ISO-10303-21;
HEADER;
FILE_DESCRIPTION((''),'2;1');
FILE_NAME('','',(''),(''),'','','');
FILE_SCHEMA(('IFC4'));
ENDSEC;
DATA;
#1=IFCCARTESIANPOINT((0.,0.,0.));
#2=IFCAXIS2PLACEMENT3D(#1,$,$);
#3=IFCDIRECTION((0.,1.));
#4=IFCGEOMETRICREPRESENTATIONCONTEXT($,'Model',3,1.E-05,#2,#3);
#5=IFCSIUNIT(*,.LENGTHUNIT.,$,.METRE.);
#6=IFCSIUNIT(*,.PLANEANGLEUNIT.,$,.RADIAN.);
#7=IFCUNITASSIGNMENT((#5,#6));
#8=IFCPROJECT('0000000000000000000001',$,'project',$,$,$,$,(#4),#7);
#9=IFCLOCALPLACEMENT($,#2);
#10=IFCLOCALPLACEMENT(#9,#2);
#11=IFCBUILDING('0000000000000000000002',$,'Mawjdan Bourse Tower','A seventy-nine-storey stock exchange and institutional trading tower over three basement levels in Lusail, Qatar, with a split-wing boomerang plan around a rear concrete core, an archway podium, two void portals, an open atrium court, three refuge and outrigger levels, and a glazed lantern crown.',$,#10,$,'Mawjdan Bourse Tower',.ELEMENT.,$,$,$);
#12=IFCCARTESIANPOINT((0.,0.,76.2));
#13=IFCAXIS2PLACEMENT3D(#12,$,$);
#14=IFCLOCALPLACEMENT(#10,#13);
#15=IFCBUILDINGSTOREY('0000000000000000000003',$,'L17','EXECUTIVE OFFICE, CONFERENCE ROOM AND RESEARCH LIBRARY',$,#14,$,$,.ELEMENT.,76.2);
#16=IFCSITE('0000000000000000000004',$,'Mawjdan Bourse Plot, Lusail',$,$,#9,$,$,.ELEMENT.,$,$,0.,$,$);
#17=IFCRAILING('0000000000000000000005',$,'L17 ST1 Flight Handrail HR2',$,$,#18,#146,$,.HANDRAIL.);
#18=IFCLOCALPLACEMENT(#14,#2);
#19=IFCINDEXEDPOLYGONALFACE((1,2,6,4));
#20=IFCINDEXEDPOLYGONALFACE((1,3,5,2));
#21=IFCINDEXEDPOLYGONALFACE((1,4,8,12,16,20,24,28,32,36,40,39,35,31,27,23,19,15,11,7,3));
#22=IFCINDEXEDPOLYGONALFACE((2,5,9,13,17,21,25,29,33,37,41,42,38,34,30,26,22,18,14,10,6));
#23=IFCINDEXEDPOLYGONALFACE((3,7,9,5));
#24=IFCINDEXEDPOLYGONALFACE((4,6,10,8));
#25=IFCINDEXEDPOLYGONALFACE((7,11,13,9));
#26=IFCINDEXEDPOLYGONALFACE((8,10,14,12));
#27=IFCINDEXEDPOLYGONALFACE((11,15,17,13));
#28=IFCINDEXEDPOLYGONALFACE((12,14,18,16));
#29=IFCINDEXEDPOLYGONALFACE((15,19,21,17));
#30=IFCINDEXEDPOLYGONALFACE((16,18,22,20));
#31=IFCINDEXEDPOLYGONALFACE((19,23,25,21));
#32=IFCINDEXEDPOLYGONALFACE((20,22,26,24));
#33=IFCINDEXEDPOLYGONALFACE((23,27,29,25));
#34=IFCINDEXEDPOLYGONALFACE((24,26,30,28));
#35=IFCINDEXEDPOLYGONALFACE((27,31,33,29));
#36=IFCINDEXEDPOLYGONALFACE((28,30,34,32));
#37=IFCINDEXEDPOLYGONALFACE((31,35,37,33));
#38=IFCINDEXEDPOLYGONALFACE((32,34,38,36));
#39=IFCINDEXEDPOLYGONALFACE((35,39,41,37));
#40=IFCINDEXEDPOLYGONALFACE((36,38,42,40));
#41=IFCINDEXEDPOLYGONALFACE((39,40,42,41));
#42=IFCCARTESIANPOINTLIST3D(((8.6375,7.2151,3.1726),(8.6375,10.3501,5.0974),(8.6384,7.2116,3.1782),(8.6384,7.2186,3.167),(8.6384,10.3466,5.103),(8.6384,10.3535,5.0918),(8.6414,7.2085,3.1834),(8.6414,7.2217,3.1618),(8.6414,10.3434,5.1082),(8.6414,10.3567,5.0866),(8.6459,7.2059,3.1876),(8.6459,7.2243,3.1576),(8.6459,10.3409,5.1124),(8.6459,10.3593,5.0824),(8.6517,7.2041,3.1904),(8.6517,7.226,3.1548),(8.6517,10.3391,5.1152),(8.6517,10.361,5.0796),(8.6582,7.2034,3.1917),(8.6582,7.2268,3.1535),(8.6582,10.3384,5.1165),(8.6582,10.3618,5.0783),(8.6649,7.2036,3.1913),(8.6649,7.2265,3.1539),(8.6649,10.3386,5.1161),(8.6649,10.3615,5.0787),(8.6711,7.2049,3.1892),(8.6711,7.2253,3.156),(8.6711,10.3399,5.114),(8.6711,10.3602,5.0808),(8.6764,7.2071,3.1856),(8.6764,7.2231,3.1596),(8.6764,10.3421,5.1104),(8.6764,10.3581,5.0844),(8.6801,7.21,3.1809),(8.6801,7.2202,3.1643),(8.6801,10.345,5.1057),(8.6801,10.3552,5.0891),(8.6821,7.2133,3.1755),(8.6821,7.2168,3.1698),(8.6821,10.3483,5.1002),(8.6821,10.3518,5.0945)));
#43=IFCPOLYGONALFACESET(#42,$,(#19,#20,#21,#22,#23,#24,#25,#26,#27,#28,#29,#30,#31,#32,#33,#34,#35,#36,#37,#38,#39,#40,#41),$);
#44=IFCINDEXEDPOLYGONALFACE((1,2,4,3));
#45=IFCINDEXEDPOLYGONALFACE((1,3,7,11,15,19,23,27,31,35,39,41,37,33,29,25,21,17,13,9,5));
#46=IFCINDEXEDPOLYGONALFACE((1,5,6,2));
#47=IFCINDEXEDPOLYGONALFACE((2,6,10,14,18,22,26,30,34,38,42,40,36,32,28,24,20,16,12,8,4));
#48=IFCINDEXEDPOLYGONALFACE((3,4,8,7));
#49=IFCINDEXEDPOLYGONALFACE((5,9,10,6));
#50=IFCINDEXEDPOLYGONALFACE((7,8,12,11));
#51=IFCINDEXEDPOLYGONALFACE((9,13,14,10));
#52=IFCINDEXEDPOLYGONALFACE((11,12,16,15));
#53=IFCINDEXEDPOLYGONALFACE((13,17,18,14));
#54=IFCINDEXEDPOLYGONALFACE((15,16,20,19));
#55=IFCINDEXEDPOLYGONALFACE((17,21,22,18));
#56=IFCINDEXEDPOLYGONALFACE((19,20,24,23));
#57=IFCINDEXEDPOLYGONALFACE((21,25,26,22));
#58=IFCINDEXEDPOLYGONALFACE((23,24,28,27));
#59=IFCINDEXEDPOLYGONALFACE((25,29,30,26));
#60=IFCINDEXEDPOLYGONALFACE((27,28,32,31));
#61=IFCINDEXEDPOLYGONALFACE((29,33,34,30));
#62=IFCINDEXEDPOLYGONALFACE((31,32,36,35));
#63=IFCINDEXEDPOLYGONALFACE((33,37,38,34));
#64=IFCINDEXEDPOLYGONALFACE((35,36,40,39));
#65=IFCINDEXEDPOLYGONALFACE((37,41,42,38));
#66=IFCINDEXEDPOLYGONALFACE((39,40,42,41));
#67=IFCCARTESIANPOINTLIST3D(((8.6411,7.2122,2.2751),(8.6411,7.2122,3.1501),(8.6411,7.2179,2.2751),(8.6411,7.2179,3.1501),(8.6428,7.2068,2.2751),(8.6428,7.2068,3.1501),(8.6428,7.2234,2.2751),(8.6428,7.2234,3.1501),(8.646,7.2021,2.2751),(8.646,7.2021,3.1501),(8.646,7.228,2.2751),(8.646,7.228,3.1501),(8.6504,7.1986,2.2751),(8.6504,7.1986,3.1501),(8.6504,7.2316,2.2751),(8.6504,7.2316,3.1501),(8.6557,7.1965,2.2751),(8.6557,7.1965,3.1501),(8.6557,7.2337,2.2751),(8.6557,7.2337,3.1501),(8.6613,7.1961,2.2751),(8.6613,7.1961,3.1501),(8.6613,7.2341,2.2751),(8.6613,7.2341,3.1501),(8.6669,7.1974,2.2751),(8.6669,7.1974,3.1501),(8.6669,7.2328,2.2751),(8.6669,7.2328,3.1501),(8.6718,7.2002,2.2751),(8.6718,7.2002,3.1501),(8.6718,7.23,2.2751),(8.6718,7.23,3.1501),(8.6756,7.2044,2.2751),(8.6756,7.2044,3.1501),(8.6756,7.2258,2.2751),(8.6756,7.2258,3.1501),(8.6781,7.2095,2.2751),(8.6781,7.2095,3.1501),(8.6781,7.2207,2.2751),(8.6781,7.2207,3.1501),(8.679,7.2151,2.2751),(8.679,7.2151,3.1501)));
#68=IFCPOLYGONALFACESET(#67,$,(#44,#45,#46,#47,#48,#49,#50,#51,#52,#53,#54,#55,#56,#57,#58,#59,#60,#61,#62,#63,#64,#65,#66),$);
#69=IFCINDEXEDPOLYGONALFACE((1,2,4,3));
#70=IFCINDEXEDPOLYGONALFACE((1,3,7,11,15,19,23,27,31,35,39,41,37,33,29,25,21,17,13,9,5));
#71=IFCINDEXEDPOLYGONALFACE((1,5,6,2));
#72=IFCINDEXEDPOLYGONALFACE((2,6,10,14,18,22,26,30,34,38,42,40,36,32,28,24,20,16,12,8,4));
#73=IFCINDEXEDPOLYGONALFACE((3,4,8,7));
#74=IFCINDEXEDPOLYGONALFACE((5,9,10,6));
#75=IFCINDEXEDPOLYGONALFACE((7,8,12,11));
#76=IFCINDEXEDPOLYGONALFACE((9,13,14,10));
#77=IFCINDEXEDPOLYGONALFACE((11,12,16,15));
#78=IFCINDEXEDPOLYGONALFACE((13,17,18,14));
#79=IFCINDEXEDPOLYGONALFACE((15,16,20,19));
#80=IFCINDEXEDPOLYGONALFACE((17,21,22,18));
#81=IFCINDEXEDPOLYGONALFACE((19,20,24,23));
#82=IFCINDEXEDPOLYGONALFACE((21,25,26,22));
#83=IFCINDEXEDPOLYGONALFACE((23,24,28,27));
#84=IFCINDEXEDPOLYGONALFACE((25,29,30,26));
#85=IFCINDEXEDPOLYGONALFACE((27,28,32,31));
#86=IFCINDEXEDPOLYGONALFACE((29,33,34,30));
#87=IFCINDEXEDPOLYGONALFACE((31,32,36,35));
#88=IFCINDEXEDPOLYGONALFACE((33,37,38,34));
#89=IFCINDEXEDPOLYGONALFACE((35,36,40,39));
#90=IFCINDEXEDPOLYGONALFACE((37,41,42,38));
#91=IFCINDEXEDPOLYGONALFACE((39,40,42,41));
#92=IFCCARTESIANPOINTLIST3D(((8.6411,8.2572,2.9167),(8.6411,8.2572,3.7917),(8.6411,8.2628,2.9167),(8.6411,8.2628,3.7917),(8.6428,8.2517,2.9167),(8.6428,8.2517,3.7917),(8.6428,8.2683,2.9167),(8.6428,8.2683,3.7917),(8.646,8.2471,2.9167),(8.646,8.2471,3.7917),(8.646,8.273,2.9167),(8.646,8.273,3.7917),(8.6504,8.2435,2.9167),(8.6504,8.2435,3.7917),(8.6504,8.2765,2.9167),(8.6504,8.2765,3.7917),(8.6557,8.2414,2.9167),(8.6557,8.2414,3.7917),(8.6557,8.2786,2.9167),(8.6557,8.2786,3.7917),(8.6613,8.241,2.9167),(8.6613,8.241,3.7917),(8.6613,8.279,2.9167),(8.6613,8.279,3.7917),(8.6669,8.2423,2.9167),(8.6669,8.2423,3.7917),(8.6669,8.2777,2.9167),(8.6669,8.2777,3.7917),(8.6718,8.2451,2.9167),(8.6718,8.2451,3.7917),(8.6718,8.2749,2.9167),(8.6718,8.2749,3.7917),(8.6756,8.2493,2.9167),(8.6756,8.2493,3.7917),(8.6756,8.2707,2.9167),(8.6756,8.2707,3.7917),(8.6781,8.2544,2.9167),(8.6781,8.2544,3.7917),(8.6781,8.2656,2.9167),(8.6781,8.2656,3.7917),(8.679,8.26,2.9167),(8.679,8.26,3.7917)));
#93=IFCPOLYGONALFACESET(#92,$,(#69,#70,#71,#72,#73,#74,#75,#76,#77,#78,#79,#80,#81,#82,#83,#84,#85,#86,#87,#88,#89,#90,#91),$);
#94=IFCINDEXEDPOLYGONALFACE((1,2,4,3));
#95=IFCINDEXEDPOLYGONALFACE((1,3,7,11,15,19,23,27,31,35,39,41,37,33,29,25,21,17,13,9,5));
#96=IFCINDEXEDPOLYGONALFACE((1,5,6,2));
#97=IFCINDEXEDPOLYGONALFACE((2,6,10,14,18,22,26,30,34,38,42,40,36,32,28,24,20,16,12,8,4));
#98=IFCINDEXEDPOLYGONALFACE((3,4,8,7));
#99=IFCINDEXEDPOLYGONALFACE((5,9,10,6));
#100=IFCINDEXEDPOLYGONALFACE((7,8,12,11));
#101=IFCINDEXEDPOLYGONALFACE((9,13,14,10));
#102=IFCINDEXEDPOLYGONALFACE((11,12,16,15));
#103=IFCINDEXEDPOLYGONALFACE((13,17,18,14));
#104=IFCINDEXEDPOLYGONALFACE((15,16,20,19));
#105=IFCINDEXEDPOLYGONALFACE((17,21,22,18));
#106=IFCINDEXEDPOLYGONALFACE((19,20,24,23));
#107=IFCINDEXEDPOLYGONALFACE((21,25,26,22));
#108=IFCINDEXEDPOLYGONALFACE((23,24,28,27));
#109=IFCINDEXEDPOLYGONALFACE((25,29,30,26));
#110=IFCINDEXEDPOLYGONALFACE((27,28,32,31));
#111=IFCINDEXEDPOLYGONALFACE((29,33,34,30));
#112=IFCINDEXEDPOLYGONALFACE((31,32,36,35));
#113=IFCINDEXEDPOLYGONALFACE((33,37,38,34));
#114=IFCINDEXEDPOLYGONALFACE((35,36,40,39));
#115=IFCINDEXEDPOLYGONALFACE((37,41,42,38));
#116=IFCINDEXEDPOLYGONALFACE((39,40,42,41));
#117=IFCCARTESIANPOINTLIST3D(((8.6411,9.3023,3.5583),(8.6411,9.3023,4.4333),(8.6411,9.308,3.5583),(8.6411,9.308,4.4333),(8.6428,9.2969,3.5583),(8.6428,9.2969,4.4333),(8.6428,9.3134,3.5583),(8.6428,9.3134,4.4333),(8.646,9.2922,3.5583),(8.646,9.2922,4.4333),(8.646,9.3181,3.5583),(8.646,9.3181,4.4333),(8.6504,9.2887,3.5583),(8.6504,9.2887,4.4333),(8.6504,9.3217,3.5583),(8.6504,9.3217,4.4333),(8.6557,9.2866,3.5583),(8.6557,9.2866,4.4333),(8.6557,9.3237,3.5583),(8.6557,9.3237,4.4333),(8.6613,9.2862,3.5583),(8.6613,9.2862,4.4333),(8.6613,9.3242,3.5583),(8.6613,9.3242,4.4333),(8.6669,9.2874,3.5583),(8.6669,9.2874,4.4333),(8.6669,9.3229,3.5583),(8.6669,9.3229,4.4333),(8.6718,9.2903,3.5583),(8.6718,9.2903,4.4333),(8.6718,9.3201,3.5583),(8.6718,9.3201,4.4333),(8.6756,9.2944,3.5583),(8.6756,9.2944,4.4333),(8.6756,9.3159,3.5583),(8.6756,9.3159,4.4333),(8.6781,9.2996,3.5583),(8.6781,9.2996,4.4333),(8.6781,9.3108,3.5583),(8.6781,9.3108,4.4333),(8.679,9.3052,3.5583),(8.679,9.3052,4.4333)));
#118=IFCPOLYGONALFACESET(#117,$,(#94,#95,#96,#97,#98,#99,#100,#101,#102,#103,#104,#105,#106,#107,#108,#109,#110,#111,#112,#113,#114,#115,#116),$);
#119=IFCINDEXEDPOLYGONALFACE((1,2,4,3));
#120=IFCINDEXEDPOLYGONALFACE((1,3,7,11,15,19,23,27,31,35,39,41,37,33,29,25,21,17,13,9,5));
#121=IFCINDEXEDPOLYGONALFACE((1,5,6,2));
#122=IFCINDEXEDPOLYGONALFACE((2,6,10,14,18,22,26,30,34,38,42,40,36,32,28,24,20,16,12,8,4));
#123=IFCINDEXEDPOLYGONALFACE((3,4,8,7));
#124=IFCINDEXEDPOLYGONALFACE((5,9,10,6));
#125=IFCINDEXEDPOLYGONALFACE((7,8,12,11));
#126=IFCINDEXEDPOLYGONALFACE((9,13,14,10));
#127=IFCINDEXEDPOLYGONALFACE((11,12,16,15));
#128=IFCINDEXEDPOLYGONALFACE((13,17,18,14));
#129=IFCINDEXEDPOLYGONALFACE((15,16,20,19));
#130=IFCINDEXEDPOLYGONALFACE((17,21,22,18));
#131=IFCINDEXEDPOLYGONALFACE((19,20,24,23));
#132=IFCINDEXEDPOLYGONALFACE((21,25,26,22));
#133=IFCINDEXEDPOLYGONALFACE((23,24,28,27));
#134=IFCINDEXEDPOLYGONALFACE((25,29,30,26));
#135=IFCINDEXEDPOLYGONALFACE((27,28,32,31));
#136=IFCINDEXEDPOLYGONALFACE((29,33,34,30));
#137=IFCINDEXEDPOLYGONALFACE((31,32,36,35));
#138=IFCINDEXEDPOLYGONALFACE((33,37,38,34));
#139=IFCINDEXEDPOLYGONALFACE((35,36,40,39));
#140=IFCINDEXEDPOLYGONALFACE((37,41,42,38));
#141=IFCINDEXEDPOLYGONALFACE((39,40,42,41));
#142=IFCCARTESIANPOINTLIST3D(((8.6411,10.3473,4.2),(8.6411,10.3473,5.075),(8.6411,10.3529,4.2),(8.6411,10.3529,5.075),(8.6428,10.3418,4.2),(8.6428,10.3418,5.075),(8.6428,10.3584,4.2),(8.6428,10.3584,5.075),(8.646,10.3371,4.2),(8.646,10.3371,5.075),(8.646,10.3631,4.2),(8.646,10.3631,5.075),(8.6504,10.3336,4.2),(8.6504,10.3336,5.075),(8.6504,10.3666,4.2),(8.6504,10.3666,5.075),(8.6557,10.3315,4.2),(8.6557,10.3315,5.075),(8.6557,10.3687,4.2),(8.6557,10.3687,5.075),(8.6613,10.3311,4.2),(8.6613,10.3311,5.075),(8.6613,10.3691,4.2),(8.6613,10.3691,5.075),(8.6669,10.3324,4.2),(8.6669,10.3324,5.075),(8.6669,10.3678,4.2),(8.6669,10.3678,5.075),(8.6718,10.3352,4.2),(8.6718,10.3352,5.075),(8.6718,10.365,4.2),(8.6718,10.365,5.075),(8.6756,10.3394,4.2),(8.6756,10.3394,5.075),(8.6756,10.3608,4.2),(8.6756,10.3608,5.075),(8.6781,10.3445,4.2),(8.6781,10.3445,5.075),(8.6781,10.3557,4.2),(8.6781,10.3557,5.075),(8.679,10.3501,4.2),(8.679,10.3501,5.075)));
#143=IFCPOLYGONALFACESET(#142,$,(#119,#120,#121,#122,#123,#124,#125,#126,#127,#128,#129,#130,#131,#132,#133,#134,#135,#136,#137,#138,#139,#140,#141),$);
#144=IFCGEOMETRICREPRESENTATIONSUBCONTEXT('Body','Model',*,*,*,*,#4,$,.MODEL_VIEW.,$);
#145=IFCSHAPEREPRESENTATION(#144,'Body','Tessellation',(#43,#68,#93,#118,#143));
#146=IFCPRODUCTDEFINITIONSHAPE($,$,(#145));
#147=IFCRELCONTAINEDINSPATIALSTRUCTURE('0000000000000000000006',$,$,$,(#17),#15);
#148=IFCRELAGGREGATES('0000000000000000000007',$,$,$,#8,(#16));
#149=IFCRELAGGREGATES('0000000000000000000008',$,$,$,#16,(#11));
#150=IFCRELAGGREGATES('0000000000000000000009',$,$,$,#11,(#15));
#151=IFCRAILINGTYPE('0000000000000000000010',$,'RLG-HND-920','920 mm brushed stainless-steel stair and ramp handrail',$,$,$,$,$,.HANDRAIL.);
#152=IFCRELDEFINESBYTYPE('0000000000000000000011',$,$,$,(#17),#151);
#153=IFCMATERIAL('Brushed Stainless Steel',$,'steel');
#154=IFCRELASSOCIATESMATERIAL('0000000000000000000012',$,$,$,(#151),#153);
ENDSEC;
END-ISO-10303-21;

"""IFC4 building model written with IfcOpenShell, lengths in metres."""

from ifc_helpers import new_model, si_unit, direction, frame, origin, origin_2d, place, context, subcontext, project, spatial, circle, extrude, material, type_object, element, save


model = new_model("IFC4")

# Units and contexts
model_context = context("Model", 3, precision=1e-05, world=origin(), true_north=direction((0.0, 1.0)))
body_context = subcontext(model_context, "Body", "Model", "MODEL_VIEW")
ifc_project = project(units=[si_unit("LENGTHUNIT", "METRE"), si_unit("PLANEANGLEUNIT", "RADIAN")], contexts=[model_context])

# Site, building, storey
site_placement = place(None, origin())
site = spatial("IfcSite", under=ifc_project, at=site_placement, Name="Mawjdan Bourse Plot, Lusail", CompositionType="ELEMENT", RefElevation=0.0)
building_placement = place(site_placement, origin())
building = spatial("IfcBuilding", under=site, at=building_placement, Name="Mawjdan Bourse Tower", Description="A seventy-nine-storey stock exchange and institutional trading tower over three basement levels in Lusail, Qatar, with a split-wing boomerang plan around a rear concrete core, an archway podium, two void portals, an open atrium court, three refuge and outrigger levels, and a glazed lantern crown.", LongName="Mawjdan Bourse Tower", CompositionType="ELEMENT")
storey_placement = place(building_placement, frame((0.0, 0.0, 76.2)))
storey = spatial("IfcBuildingStorey", under=building, at=storey_placement, Name="L17", Description="EXECUTIVE OFFICE, CONFERENCE ROOM AND RESEARCH LIBRARY", CompositionType="ELEMENT", Elevation=76.2)

# Railing
ifc_material_1 = material(Name="Brushed Stainless Steel", Category="steel")
railing_type_1 = type_object("IfcRailingType", Name="RLG-HND-920", Description="920 mm brushed stainless-steel stair and ramp handrail", PredefinedType="HANDRAIL", material=ifc_material_1)
railing_1_placement = place(storey_placement, frame((8.6599, 7.2151, 2.2751)))
element("IfcRailing", 1, at=railing_1_placement, inside=storey, type_object=railing_type_1, Name="L17 ST1 Flight Handrail HR2", PredefinedType="HANDRAIL", context=body_context, shape_type="SweptSolid", body=[
    extrude(circle(Radius=0.0225, at=origin_2d()), frame((0.0, 0.0, 0.8975), z_axis=(0.0, 0.852196, 0.523223), x_axis=(-1.0, 0.0, 0.0)), (0.0, 0.0, 1.0), 3.6787),
    extrude(circle(Radius=0.019, at=origin_2d()), origin(), (0.0, 0.0, 1.0), 0.875),
    extrude(circle(Radius=0.019, at=origin_2d()), frame((0.0, 1.0449, 0.6416)), (0.0, 0.0, 1.0), 0.875),
    extrude(circle(Radius=0.019, at=origin_2d()), frame((0.0, 2.0901, 1.2832)), (0.0, 0.0, 1.0), 0.875),
    extrude(circle(Radius=0.019, at=origin_2d()), frame((0.0, 3.135, 1.9248)), (0.0, 0.0, 1.0), 0.875),
])

save(model, "model.ifc")
